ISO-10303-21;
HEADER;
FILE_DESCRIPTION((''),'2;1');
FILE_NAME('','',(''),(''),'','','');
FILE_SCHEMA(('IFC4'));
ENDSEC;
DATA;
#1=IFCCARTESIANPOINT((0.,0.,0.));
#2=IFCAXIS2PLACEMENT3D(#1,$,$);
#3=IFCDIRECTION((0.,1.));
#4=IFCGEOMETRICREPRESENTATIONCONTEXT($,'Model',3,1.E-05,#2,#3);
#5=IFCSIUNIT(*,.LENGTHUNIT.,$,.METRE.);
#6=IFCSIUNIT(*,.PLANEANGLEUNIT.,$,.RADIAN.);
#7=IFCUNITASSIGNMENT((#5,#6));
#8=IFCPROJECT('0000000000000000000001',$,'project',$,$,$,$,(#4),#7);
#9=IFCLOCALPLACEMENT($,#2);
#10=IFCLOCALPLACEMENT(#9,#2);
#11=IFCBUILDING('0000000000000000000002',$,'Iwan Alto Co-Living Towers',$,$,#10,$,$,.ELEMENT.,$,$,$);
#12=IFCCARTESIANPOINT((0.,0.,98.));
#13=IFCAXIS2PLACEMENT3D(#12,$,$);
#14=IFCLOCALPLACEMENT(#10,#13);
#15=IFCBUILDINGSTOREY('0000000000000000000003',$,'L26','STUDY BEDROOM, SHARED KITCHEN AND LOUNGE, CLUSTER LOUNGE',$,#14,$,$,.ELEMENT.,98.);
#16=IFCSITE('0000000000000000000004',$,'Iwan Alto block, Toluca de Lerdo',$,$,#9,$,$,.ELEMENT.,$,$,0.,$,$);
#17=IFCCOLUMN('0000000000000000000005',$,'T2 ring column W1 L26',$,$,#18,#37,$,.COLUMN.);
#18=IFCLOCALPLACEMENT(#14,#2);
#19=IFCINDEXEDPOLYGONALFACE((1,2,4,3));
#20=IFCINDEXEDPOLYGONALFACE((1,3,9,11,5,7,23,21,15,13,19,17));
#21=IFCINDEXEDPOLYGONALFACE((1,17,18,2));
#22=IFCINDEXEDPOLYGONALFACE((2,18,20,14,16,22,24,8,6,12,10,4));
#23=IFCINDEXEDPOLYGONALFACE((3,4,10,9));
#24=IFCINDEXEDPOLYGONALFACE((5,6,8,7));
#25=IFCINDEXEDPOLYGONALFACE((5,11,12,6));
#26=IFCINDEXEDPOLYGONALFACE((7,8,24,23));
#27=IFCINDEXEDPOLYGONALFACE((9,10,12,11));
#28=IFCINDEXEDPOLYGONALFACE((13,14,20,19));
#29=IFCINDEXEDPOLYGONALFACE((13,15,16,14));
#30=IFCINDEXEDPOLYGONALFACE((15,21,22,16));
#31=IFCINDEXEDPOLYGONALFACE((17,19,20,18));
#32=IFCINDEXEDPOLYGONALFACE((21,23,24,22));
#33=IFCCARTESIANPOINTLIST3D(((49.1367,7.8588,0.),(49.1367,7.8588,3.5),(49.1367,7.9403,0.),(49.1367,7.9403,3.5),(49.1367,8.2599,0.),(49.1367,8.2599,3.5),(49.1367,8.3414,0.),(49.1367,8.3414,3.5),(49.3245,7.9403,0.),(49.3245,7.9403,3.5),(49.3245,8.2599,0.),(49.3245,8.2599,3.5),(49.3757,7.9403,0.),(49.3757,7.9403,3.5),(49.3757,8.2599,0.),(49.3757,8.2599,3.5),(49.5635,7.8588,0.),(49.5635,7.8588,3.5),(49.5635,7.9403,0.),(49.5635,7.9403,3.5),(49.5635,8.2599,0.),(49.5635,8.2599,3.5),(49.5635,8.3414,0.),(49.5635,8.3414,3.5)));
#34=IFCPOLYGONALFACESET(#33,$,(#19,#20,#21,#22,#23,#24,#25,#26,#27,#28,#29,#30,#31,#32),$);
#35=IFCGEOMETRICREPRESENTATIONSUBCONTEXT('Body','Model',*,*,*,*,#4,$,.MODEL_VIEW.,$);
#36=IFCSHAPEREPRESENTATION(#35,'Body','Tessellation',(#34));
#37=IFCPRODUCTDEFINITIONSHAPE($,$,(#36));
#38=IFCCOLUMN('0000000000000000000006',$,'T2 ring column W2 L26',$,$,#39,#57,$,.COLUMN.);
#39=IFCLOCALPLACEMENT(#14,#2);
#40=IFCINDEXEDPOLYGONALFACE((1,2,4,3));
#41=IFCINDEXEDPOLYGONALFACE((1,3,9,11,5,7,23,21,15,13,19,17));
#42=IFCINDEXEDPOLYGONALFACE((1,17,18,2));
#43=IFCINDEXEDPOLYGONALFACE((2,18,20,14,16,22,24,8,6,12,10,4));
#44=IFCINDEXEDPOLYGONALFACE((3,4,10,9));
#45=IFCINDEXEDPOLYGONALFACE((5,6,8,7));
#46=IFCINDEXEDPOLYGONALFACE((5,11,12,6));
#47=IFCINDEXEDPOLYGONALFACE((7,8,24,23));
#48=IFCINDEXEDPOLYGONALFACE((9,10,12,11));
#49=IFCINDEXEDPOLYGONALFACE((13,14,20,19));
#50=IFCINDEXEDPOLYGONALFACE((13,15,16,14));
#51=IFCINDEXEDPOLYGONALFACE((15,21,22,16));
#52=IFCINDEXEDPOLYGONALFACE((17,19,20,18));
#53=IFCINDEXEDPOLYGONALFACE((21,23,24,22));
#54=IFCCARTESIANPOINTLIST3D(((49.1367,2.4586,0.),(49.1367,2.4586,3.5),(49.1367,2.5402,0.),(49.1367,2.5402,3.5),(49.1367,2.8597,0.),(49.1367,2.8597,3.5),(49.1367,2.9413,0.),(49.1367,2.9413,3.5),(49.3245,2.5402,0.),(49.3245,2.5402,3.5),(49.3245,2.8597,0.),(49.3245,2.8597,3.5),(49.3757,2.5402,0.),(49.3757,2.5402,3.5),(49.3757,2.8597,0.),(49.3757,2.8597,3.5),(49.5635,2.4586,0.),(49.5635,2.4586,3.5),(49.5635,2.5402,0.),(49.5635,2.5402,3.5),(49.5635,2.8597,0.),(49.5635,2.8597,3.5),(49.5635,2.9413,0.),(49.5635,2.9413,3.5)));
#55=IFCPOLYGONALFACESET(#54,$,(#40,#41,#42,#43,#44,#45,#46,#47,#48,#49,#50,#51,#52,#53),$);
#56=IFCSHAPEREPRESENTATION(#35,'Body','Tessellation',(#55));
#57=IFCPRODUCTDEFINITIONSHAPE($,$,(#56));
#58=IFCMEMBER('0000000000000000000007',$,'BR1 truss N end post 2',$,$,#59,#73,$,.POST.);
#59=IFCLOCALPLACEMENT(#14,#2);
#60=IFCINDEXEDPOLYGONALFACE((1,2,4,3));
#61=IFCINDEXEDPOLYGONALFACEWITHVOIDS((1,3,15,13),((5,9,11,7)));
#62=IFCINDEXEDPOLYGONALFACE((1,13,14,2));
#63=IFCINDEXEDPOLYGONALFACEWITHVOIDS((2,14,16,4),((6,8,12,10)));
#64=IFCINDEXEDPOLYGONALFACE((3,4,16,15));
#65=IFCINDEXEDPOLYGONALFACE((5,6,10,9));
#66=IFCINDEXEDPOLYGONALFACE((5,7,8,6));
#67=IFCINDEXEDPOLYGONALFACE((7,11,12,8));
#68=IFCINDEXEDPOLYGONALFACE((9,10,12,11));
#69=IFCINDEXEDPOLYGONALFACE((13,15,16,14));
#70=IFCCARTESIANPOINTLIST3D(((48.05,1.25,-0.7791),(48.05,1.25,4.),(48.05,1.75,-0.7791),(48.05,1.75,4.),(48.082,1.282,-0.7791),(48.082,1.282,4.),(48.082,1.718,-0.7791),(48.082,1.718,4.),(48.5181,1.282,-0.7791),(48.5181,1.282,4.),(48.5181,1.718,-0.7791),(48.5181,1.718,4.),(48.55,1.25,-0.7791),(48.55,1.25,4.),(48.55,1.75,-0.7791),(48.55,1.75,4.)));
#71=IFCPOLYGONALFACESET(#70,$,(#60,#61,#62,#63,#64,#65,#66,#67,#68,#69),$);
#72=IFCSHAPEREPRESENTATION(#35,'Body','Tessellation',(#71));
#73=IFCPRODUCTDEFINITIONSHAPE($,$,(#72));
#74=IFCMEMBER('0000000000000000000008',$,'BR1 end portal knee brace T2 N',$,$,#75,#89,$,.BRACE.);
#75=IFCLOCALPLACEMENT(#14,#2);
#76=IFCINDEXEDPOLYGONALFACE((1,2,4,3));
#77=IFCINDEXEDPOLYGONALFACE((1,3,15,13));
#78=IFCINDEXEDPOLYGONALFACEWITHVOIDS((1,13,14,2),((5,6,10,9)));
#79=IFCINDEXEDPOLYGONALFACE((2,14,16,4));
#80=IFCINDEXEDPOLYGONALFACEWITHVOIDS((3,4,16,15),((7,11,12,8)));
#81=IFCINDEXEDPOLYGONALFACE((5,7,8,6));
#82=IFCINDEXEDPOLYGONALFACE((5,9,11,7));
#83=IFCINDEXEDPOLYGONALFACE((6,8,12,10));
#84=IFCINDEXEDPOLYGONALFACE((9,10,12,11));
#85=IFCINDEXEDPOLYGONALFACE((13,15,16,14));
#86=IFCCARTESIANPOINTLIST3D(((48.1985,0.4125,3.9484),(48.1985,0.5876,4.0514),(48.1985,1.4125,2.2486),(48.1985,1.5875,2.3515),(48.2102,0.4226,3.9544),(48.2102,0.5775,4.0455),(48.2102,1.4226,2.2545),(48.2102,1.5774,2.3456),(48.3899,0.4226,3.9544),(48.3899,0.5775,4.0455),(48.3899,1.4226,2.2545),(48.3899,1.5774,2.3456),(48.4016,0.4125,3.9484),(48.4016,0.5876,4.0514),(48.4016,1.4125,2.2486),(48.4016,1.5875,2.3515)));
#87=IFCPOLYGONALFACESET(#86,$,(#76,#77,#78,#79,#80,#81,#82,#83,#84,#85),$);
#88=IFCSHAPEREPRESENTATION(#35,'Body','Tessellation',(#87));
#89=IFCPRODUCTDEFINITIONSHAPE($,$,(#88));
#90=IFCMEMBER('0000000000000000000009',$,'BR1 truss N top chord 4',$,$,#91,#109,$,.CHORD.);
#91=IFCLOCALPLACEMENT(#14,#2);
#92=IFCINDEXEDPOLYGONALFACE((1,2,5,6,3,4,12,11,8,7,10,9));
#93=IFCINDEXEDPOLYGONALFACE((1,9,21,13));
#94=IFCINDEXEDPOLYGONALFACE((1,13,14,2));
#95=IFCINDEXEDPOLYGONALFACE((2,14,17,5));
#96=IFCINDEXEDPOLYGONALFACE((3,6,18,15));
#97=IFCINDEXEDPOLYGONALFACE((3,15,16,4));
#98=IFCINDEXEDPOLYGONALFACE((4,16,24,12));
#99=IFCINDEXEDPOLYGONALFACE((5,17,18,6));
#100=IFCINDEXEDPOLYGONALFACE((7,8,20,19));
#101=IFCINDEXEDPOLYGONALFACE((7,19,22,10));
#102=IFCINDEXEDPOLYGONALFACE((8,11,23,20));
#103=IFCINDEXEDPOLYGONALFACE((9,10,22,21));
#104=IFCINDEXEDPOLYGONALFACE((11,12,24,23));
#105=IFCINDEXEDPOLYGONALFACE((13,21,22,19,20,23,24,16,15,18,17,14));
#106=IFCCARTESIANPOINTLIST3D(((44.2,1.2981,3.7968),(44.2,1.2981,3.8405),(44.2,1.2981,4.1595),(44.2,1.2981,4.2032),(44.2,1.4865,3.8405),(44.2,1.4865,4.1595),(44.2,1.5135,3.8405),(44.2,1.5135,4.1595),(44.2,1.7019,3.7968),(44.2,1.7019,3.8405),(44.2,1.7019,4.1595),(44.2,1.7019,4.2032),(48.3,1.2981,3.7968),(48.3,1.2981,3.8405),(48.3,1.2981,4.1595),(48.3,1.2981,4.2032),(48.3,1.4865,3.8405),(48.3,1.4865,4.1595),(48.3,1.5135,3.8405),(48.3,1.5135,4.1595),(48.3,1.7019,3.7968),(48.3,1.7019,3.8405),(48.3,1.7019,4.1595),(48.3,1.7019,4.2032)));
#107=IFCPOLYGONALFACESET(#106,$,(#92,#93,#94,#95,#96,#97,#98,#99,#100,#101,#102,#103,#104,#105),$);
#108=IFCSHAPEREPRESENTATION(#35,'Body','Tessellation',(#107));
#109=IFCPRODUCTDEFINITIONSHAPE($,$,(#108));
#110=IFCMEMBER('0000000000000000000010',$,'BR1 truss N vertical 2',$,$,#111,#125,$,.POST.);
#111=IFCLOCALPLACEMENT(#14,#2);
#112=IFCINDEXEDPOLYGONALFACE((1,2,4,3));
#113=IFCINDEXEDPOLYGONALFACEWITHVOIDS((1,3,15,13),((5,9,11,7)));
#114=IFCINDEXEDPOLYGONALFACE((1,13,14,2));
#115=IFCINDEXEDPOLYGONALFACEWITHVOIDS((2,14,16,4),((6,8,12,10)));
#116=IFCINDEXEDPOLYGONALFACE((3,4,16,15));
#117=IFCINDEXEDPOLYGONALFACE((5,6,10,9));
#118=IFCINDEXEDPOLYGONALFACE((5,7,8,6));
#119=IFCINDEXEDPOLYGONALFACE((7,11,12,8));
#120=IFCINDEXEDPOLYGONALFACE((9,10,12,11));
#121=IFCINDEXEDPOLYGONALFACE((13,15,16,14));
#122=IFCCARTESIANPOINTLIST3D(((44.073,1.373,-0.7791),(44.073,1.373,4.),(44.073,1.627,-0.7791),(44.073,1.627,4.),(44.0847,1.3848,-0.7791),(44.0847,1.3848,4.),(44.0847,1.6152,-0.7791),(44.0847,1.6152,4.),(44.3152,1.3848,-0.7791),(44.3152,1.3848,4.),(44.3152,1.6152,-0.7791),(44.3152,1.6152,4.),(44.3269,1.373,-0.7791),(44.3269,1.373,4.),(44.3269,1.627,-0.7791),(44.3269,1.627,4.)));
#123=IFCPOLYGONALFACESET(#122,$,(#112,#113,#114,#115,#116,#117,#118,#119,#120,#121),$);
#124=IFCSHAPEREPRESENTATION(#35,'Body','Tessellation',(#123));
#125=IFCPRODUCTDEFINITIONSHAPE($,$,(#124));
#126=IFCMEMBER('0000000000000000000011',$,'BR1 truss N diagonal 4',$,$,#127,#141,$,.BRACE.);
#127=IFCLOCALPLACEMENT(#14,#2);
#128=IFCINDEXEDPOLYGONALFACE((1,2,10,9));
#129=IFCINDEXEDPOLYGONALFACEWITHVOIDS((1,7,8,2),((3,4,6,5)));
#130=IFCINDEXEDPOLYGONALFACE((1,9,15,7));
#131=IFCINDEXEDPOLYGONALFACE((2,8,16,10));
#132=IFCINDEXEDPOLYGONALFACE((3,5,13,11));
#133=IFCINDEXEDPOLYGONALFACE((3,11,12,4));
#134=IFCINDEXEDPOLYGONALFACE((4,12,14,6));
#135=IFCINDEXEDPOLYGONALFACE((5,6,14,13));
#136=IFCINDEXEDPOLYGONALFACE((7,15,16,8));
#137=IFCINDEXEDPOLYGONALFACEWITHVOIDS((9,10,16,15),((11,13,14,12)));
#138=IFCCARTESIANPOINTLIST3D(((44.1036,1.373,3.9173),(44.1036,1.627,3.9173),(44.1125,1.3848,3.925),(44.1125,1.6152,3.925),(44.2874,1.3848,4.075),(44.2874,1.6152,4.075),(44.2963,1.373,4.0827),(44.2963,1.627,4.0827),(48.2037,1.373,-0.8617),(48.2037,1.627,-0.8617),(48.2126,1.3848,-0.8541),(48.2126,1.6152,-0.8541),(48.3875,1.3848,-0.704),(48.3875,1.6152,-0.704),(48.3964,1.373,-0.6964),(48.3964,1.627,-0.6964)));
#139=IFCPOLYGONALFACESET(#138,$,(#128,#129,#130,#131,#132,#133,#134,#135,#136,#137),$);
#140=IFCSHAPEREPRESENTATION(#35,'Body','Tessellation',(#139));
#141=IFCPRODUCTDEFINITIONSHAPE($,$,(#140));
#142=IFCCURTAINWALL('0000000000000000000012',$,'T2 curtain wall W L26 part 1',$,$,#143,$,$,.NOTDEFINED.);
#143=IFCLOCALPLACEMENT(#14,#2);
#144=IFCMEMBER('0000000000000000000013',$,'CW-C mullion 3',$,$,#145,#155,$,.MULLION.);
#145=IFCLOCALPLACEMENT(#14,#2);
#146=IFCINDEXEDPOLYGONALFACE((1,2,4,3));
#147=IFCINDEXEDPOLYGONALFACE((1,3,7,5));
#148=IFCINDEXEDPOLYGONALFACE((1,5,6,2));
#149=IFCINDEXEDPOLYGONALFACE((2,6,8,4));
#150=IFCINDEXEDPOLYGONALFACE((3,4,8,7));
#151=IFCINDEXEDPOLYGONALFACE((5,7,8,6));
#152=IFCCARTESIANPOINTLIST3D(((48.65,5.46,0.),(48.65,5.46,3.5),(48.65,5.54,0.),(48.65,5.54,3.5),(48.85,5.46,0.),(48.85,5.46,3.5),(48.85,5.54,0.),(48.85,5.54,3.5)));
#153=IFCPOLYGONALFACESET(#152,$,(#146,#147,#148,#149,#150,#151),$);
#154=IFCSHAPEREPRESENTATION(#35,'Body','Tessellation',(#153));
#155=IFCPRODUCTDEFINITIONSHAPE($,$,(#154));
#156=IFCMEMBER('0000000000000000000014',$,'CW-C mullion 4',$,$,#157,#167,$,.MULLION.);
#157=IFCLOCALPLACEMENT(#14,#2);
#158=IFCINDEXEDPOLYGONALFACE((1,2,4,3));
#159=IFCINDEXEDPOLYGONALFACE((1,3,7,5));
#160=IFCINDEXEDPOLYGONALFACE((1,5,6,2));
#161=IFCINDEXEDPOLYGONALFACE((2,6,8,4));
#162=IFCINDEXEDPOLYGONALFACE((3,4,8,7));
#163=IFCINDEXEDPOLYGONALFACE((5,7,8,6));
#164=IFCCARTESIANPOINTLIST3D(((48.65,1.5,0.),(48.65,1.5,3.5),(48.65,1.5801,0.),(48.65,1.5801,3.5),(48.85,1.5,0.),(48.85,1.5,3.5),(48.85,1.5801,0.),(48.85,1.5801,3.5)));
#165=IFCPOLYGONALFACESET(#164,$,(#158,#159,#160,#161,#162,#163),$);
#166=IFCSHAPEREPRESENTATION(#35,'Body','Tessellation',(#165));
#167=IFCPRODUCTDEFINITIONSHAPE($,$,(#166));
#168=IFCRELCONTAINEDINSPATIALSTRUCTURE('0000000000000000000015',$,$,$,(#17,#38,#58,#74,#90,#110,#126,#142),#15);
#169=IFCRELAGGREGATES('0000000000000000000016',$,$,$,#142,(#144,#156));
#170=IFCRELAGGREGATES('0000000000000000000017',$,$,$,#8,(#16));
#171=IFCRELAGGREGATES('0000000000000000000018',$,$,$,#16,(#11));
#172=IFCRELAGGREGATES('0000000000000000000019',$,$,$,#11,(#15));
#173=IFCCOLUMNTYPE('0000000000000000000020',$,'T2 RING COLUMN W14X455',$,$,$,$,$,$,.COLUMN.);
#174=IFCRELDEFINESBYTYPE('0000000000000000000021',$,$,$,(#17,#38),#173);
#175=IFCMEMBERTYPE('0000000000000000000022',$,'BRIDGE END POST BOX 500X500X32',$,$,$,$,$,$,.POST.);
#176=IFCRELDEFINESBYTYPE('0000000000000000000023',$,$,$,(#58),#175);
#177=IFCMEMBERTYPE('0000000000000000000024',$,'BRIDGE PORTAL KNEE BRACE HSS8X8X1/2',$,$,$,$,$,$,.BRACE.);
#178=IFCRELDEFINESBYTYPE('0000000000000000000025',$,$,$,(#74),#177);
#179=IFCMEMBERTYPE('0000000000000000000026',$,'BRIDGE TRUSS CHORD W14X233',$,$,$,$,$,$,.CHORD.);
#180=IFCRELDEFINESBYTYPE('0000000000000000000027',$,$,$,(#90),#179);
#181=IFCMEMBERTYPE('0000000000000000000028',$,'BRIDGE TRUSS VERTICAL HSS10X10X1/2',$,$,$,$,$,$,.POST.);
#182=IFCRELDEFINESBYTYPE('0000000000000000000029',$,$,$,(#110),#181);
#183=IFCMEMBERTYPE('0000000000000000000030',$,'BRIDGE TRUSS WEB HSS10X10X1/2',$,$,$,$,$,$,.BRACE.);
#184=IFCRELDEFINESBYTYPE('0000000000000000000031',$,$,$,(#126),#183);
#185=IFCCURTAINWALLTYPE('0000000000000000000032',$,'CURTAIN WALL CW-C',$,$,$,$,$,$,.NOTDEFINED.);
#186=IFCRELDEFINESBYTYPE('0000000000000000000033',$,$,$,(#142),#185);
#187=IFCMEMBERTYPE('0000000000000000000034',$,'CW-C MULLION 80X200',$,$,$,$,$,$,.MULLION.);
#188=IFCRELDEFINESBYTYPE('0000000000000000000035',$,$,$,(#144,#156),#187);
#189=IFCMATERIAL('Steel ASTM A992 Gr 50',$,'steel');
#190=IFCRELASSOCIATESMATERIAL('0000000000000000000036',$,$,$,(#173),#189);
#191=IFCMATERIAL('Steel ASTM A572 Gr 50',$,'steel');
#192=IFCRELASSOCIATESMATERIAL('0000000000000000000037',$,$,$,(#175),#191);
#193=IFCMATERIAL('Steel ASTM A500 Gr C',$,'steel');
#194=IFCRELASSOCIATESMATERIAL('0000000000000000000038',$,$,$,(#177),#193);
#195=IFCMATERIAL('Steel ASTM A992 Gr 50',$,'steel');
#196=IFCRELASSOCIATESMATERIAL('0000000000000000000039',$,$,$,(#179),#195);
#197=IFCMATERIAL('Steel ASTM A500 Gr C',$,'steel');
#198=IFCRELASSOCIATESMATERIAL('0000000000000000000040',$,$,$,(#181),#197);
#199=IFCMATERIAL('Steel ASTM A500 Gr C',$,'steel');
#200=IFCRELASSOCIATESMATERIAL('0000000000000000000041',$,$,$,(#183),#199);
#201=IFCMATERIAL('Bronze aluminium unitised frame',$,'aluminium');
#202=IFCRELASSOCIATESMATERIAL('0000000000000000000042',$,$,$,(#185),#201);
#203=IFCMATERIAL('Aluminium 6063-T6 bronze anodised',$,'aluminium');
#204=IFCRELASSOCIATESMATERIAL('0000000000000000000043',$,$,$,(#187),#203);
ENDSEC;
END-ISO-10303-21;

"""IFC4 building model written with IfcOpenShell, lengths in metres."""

from ifc_helpers import new_model, si_unit, direction, frame, origin, origin_2d, place, context, subcontext, project, spatial, rectangle, hollow_rectangle, i_section, extrude, material, material_profile, profile_set, type_object, element, aggregate, save


model = new_model("IFC4")

# Units and contexts
model_context = context("Model", 3, precision=1e-05, world=origin(), true_north=direction((0.0, 1.0)))
body_context = subcontext(model_context, "Body", "Model", "MODEL_VIEW")
ifc_project = project(units=[si_unit("LENGTHUNIT", "METRE"), si_unit("PLANEANGLEUNIT", "RADIAN")], contexts=[model_context])

# Site, building, storey
site_placement = place(None, origin())
site = spatial("IfcSite", under=ifc_project, at=site_placement, Name="Iwan Alto block, Toluca de Lerdo", CompositionType="ELEMENT", RefElevation=0.0)
building_placement = place(site_placement, origin())
building = spatial("IfcBuilding", under=site, at=building_placement, Name="Iwan Alto Co-Living Towers", CompositionType="ELEMENT")
storey_placement = place(building_placement, frame((0.0, 0.0, 98.0)))
storey = spatial("IfcBuildingStorey", under=building, at=storey_placement, Name="L26", Description="STUDY BEDROOM, SHARED KITCHEN AND LOUNGE, CLUSTER LOUNGE", CompositionType="ELEMENT", Elevation=98.0)

# Columns
ifc_material_1 = material(Name="Steel ASTM A992 Gr 50", Category="steel")
ifc_material_profile_1 = material_profile(ifc_material_1, i_section(OverallWidth=0.4268, OverallDepth=0.4827, WebThickness=0.0513, FlangeThickness=0.0815, at=origin_2d()), Name="W14X455")
ifc_profile_set_1 = profile_set([ifc_material_profile_1], Name="Steel ASTM A992 Gr 50")
column_type = type_object("IfcColumnType", Name="T2 RING COLUMN W14X455", PredefinedType="COLUMN", material=ifc_profile_set_1)
for number, where, z_axis, x_axis, name in (
    (1, (49.3501, 8.1001, 0.0), (0.0, 0.0, 1.0), (1.0, 0.0, 0.0), "T2 ring column W1 L26"),
    (2, (49.3501, 2.7, 0.0), (0.0, 0.0, 1.0), (1.0, 0.0, 0.0), "T2 ring column W2 L26"),
):
    element("IfcColumn", number, at=place(storey_placement, frame(where, z_axis=z_axis, x_axis=x_axis)), inside=storey, type_object=column_type, Name=name, PredefinedType="COLUMN", context=body_context, shape_type="SweptSolid", body=[
        extrude(i_section(OverallWidth=0.4268, OverallDepth=0.4827, WebThickness=0.0513, FlangeThickness=0.0815, at=origin_2d()), origin(), (0.0, 0.0, 1.0), 3.5),
    ])

# Members
ifc_material_2 = material(Name="Steel ASTM A572 Gr 50", Category="steel")
ifc_material_profile_2 = material_profile(ifc_material_2, hollow_rectangle(XDim=0.5, YDim=0.5, WallThickness=0.032, at=origin_2d()), Name="BOX 500X500X32")
ifc_profile_set_2 = profile_set([ifc_material_profile_2], Name="Steel ASTM A572 Gr 50")
member_type_1 = type_object("IfcMemberType", Name="BRIDGE END POST BOX 500X500X32", PredefinedType="POST", material=ifc_profile_set_2)
member_1_placement = place(storey_placement, frame((48.3, 1.5, -0.7791), z_axis=(0.0, 0.0, 1.0), x_axis=(1.0, 0.0, 0.0)))
element("IfcMember", 3, at=member_1_placement, inside=storey, type_object=member_type_1, Name="BR1 truss N end post 2", PredefinedType="POST", context=body_context, shape_type="SweptSolid", body=[
    extrude(hollow_rectangle(XDim=0.5, YDim=0.5, WallThickness=0.032, at=origin_2d()), origin(), (0.0, 0.0, 1.0), 4.7791),
])
ifc_material_3 = material(Name="Steel ASTM A500 Gr C", Category="steel")
ifc_material_profile_3 = material_profile(ifc_material_3, hollow_rectangle(XDim=0.2031, YDim=0.2031, WallThickness=0.0117, at=origin_2d()), Name="HSS8X8X1/2")
ifc_profile_set_3 = profile_set([ifc_material_profile_3], Name="Steel ASTM A500 Gr C")
member_type_2 = type_object("IfcMemberType", Name="BRIDGE PORTAL KNEE BRACE HSS8X8X1/2", PredefinedType="BRACE", material=ifc_profile_set_3)
member_2_placement = place(storey_placement, frame((48.3, 1.5, 2.3), z_axis=(0.0, -0.507031, 0.861928), x_axis=(1.0, 0.0, 0.0)))
element("IfcMember", 4, at=member_2_placement, inside=storey, type_object=member_type_2, Name="BR1 end portal knee brace T2 N", PredefinedType="BRACE", context=body_context, shape_type="SweptSolid", body=[
    extrude(hollow_rectangle(XDim=0.2031, YDim=0.2031, WallThickness=0.0117, at=origin_2d()), origin(), (0.0, 0.0, 1.0), 1.9722),
])
ifc_material_4 = material(Name="Steel ASTM A992 Gr 50", Category="steel")
ifc_material_profile_4 = material_profile(ifc_material_4, i_section(OverallWidth=0.4038, OverallDepth=0.4065, WebThickness=0.0271, FlangeThickness=0.0437, at=origin_2d()), Name="W14X233")
ifc_profile_set_4 = profile_set([ifc_material_profile_4], Name="Steel ASTM A992 Gr 50")
member_type_3 = type_object("IfcMemberType", Name="BRIDGE TRUSS CHORD W14X233", PredefinedType="CHORD", material=ifc_profile_set_4)
member_3_placement = place(storey_placement, frame((44.2, 1.5, 4.0), z_axis=(1.0, 0.0, 0.0), x_axis=(0.0, 1.0, 0.0)))
element("IfcMember", 5, at=member_3_placement, inside=storey, type_object=member_type_3, Name="BR1 truss N top chord 4", PredefinedType="CHORD", context=body_context, shape_type="SweptSolid", body=[
    extrude(i_section(OverallWidth=0.4038, OverallDepth=0.4065, WebThickness=0.0271, FlangeThickness=0.0437, at=origin_2d()), origin(), (0.0, 0.0, 1.0), 4.1001),
])
ifc_material_5 = material(Name="Steel ASTM A500 Gr C", Category="steel")
ifc_material_profile_5 = material_profile(ifc_material_5, hollow_rectangle(XDim=0.2539, YDim=0.2539, WallThickness=0.0117, at=origin_2d()), Name="HSS10X10X1/2")
ifc_profile_set_5 = profile_set([ifc_material_profile_5], Name="Steel ASTM A500 Gr C")
member_type_4 = type_object("IfcMemberType", Name="BRIDGE TRUSS VERTICAL HSS10X10X1/2", PredefinedType="POST", material=ifc_profile_set_5)
member_4_placement = place(storey_placement, frame((44.2, 1.5, -0.7791), z_axis=(0.0, 0.0, 1.0), x_axis=(1.0, 0.0, 0.0)))
element("IfcMember", 6, at=member_4_placement, inside=storey, type_object=member_type_4, Name="BR1 truss N vertical 2", PredefinedType="POST", context=body_context, shape_type="SweptSolid", body=[
    extrude(hollow_rectangle(XDim=0.2539, YDim=0.2539, WallThickness=0.0117, at=origin_2d()), origin(), (0.0, 0.0, 1.0), 4.7791),
])
ifc_material_6 = material(Name="Steel ASTM A500 Gr C", Category="steel")
ifc_material_profile_6 = material_profile(ifc_material_6, hollow_rectangle(XDim=0.2539, YDim=0.2539, WallThickness=0.0117, at=origin_2d()), Name="HSS10X10X1/2")
ifc_profile_set_6 = profile_set([ifc_material_profile_6], Name="Steel ASTM A500 Gr C")
member_type_5 = type_object("IfcMemberType", Name="BRIDGE TRUSS WEB HSS10X10X1/2", PredefinedType="BRACE", material=ifc_profile_set_6)
member_5_placement = place(storey_placement, frame((44.2, 1.5, 4.0), z_axis=(0.651136, 0.0, -0.758961), x_axis=(0.0, 1.0, 0.0)))
element("IfcMember", 7, at=member_5_placement, inside=storey, type_object=member_type_5, Name="BR1 truss N diagonal 4", PredefinedType="BRACE", context=body_context, shape_type="SweptSolid", body=[
    extrude(hollow_rectangle(XDim=0.2539, YDim=0.2539, WallThickness=0.0117, at=origin_2d()), origin(), (0.0, 0.0, 1.0), 6.2969),
])

# Curtain wall, members
ifc_material_7 = material(Name="Bronze aluminium unitised frame", Category="aluminium")
curtain_wall_type_1 = type_object("IfcCurtainWallType", Name="CURTAIN WALL CW-C", PredefinedType="NOTDEFINED", material=ifc_material_7)
curtain_wall_1_placement = place(storey_placement, origin())
curtain_wall_1 = element("IfcCurtainWall", 8, at=curtain_wall_1_placement, inside=storey, type_object=curtain_wall_type_1, Name="T2 curtain wall W L26 part 1", PredefinedType="NOTDEFINED")
ifc_material_8 = material(Name="Aluminium 6063-T6 bronze anodised", Category="aluminium")
ifc_material_profile_7 = material_profile(ifc_material_8, rectangle(XDim=0.2, YDim=0.0801, at=origin_2d()), Name="AL 80X200")
ifc_profile_set_7 = profile_set([ifc_material_profile_7], Name="Aluminium 6063-T6 bronze anodised")
member_type_6 = type_object("IfcMemberType", Name="CW-C MULLION 80X200", PredefinedType="MULLION", material=ifc_profile_set_7)
member_6_placement = place(storey_placement, frame((48.75, 5.5, 0.0), z_axis=(0.0, 0.0, 1.0), x_axis=(1.0, 0.0, 0.0)))
member_6 = element("IfcMember", 9, at=member_6_placement, type_object=member_type_6, Name="CW-C mullion 3", PredefinedType="MULLION", context=body_context, shape_type="SweptSolid", body=[
    extrude(rectangle(XDim=0.2, YDim=0.0801, at=origin_2d()), origin(), (0.0, 0.0, 1.0), 3.5),
])
member_7_placement = place(storey_placement, frame((48.75, 1.54, 0.0), z_axis=(0.0, 0.0, 1.0), x_axis=(1.0, 0.0, 0.0)))
member_7 = element("IfcMember", 10, at=member_7_placement, type_object=member_type_6, Name="CW-C mullion 4", PredefinedType="MULLION", context=body_context, shape_type="SweptSolid", body=[
    extrude(rectangle(XDim=0.2, YDim=0.0801, at=origin_2d()), origin(), (0.0, 0.0, 1.0), 3.5),
])

aggregate(curtain_wall_1, [member_6, member_7])

save(model, "model.ifc")
